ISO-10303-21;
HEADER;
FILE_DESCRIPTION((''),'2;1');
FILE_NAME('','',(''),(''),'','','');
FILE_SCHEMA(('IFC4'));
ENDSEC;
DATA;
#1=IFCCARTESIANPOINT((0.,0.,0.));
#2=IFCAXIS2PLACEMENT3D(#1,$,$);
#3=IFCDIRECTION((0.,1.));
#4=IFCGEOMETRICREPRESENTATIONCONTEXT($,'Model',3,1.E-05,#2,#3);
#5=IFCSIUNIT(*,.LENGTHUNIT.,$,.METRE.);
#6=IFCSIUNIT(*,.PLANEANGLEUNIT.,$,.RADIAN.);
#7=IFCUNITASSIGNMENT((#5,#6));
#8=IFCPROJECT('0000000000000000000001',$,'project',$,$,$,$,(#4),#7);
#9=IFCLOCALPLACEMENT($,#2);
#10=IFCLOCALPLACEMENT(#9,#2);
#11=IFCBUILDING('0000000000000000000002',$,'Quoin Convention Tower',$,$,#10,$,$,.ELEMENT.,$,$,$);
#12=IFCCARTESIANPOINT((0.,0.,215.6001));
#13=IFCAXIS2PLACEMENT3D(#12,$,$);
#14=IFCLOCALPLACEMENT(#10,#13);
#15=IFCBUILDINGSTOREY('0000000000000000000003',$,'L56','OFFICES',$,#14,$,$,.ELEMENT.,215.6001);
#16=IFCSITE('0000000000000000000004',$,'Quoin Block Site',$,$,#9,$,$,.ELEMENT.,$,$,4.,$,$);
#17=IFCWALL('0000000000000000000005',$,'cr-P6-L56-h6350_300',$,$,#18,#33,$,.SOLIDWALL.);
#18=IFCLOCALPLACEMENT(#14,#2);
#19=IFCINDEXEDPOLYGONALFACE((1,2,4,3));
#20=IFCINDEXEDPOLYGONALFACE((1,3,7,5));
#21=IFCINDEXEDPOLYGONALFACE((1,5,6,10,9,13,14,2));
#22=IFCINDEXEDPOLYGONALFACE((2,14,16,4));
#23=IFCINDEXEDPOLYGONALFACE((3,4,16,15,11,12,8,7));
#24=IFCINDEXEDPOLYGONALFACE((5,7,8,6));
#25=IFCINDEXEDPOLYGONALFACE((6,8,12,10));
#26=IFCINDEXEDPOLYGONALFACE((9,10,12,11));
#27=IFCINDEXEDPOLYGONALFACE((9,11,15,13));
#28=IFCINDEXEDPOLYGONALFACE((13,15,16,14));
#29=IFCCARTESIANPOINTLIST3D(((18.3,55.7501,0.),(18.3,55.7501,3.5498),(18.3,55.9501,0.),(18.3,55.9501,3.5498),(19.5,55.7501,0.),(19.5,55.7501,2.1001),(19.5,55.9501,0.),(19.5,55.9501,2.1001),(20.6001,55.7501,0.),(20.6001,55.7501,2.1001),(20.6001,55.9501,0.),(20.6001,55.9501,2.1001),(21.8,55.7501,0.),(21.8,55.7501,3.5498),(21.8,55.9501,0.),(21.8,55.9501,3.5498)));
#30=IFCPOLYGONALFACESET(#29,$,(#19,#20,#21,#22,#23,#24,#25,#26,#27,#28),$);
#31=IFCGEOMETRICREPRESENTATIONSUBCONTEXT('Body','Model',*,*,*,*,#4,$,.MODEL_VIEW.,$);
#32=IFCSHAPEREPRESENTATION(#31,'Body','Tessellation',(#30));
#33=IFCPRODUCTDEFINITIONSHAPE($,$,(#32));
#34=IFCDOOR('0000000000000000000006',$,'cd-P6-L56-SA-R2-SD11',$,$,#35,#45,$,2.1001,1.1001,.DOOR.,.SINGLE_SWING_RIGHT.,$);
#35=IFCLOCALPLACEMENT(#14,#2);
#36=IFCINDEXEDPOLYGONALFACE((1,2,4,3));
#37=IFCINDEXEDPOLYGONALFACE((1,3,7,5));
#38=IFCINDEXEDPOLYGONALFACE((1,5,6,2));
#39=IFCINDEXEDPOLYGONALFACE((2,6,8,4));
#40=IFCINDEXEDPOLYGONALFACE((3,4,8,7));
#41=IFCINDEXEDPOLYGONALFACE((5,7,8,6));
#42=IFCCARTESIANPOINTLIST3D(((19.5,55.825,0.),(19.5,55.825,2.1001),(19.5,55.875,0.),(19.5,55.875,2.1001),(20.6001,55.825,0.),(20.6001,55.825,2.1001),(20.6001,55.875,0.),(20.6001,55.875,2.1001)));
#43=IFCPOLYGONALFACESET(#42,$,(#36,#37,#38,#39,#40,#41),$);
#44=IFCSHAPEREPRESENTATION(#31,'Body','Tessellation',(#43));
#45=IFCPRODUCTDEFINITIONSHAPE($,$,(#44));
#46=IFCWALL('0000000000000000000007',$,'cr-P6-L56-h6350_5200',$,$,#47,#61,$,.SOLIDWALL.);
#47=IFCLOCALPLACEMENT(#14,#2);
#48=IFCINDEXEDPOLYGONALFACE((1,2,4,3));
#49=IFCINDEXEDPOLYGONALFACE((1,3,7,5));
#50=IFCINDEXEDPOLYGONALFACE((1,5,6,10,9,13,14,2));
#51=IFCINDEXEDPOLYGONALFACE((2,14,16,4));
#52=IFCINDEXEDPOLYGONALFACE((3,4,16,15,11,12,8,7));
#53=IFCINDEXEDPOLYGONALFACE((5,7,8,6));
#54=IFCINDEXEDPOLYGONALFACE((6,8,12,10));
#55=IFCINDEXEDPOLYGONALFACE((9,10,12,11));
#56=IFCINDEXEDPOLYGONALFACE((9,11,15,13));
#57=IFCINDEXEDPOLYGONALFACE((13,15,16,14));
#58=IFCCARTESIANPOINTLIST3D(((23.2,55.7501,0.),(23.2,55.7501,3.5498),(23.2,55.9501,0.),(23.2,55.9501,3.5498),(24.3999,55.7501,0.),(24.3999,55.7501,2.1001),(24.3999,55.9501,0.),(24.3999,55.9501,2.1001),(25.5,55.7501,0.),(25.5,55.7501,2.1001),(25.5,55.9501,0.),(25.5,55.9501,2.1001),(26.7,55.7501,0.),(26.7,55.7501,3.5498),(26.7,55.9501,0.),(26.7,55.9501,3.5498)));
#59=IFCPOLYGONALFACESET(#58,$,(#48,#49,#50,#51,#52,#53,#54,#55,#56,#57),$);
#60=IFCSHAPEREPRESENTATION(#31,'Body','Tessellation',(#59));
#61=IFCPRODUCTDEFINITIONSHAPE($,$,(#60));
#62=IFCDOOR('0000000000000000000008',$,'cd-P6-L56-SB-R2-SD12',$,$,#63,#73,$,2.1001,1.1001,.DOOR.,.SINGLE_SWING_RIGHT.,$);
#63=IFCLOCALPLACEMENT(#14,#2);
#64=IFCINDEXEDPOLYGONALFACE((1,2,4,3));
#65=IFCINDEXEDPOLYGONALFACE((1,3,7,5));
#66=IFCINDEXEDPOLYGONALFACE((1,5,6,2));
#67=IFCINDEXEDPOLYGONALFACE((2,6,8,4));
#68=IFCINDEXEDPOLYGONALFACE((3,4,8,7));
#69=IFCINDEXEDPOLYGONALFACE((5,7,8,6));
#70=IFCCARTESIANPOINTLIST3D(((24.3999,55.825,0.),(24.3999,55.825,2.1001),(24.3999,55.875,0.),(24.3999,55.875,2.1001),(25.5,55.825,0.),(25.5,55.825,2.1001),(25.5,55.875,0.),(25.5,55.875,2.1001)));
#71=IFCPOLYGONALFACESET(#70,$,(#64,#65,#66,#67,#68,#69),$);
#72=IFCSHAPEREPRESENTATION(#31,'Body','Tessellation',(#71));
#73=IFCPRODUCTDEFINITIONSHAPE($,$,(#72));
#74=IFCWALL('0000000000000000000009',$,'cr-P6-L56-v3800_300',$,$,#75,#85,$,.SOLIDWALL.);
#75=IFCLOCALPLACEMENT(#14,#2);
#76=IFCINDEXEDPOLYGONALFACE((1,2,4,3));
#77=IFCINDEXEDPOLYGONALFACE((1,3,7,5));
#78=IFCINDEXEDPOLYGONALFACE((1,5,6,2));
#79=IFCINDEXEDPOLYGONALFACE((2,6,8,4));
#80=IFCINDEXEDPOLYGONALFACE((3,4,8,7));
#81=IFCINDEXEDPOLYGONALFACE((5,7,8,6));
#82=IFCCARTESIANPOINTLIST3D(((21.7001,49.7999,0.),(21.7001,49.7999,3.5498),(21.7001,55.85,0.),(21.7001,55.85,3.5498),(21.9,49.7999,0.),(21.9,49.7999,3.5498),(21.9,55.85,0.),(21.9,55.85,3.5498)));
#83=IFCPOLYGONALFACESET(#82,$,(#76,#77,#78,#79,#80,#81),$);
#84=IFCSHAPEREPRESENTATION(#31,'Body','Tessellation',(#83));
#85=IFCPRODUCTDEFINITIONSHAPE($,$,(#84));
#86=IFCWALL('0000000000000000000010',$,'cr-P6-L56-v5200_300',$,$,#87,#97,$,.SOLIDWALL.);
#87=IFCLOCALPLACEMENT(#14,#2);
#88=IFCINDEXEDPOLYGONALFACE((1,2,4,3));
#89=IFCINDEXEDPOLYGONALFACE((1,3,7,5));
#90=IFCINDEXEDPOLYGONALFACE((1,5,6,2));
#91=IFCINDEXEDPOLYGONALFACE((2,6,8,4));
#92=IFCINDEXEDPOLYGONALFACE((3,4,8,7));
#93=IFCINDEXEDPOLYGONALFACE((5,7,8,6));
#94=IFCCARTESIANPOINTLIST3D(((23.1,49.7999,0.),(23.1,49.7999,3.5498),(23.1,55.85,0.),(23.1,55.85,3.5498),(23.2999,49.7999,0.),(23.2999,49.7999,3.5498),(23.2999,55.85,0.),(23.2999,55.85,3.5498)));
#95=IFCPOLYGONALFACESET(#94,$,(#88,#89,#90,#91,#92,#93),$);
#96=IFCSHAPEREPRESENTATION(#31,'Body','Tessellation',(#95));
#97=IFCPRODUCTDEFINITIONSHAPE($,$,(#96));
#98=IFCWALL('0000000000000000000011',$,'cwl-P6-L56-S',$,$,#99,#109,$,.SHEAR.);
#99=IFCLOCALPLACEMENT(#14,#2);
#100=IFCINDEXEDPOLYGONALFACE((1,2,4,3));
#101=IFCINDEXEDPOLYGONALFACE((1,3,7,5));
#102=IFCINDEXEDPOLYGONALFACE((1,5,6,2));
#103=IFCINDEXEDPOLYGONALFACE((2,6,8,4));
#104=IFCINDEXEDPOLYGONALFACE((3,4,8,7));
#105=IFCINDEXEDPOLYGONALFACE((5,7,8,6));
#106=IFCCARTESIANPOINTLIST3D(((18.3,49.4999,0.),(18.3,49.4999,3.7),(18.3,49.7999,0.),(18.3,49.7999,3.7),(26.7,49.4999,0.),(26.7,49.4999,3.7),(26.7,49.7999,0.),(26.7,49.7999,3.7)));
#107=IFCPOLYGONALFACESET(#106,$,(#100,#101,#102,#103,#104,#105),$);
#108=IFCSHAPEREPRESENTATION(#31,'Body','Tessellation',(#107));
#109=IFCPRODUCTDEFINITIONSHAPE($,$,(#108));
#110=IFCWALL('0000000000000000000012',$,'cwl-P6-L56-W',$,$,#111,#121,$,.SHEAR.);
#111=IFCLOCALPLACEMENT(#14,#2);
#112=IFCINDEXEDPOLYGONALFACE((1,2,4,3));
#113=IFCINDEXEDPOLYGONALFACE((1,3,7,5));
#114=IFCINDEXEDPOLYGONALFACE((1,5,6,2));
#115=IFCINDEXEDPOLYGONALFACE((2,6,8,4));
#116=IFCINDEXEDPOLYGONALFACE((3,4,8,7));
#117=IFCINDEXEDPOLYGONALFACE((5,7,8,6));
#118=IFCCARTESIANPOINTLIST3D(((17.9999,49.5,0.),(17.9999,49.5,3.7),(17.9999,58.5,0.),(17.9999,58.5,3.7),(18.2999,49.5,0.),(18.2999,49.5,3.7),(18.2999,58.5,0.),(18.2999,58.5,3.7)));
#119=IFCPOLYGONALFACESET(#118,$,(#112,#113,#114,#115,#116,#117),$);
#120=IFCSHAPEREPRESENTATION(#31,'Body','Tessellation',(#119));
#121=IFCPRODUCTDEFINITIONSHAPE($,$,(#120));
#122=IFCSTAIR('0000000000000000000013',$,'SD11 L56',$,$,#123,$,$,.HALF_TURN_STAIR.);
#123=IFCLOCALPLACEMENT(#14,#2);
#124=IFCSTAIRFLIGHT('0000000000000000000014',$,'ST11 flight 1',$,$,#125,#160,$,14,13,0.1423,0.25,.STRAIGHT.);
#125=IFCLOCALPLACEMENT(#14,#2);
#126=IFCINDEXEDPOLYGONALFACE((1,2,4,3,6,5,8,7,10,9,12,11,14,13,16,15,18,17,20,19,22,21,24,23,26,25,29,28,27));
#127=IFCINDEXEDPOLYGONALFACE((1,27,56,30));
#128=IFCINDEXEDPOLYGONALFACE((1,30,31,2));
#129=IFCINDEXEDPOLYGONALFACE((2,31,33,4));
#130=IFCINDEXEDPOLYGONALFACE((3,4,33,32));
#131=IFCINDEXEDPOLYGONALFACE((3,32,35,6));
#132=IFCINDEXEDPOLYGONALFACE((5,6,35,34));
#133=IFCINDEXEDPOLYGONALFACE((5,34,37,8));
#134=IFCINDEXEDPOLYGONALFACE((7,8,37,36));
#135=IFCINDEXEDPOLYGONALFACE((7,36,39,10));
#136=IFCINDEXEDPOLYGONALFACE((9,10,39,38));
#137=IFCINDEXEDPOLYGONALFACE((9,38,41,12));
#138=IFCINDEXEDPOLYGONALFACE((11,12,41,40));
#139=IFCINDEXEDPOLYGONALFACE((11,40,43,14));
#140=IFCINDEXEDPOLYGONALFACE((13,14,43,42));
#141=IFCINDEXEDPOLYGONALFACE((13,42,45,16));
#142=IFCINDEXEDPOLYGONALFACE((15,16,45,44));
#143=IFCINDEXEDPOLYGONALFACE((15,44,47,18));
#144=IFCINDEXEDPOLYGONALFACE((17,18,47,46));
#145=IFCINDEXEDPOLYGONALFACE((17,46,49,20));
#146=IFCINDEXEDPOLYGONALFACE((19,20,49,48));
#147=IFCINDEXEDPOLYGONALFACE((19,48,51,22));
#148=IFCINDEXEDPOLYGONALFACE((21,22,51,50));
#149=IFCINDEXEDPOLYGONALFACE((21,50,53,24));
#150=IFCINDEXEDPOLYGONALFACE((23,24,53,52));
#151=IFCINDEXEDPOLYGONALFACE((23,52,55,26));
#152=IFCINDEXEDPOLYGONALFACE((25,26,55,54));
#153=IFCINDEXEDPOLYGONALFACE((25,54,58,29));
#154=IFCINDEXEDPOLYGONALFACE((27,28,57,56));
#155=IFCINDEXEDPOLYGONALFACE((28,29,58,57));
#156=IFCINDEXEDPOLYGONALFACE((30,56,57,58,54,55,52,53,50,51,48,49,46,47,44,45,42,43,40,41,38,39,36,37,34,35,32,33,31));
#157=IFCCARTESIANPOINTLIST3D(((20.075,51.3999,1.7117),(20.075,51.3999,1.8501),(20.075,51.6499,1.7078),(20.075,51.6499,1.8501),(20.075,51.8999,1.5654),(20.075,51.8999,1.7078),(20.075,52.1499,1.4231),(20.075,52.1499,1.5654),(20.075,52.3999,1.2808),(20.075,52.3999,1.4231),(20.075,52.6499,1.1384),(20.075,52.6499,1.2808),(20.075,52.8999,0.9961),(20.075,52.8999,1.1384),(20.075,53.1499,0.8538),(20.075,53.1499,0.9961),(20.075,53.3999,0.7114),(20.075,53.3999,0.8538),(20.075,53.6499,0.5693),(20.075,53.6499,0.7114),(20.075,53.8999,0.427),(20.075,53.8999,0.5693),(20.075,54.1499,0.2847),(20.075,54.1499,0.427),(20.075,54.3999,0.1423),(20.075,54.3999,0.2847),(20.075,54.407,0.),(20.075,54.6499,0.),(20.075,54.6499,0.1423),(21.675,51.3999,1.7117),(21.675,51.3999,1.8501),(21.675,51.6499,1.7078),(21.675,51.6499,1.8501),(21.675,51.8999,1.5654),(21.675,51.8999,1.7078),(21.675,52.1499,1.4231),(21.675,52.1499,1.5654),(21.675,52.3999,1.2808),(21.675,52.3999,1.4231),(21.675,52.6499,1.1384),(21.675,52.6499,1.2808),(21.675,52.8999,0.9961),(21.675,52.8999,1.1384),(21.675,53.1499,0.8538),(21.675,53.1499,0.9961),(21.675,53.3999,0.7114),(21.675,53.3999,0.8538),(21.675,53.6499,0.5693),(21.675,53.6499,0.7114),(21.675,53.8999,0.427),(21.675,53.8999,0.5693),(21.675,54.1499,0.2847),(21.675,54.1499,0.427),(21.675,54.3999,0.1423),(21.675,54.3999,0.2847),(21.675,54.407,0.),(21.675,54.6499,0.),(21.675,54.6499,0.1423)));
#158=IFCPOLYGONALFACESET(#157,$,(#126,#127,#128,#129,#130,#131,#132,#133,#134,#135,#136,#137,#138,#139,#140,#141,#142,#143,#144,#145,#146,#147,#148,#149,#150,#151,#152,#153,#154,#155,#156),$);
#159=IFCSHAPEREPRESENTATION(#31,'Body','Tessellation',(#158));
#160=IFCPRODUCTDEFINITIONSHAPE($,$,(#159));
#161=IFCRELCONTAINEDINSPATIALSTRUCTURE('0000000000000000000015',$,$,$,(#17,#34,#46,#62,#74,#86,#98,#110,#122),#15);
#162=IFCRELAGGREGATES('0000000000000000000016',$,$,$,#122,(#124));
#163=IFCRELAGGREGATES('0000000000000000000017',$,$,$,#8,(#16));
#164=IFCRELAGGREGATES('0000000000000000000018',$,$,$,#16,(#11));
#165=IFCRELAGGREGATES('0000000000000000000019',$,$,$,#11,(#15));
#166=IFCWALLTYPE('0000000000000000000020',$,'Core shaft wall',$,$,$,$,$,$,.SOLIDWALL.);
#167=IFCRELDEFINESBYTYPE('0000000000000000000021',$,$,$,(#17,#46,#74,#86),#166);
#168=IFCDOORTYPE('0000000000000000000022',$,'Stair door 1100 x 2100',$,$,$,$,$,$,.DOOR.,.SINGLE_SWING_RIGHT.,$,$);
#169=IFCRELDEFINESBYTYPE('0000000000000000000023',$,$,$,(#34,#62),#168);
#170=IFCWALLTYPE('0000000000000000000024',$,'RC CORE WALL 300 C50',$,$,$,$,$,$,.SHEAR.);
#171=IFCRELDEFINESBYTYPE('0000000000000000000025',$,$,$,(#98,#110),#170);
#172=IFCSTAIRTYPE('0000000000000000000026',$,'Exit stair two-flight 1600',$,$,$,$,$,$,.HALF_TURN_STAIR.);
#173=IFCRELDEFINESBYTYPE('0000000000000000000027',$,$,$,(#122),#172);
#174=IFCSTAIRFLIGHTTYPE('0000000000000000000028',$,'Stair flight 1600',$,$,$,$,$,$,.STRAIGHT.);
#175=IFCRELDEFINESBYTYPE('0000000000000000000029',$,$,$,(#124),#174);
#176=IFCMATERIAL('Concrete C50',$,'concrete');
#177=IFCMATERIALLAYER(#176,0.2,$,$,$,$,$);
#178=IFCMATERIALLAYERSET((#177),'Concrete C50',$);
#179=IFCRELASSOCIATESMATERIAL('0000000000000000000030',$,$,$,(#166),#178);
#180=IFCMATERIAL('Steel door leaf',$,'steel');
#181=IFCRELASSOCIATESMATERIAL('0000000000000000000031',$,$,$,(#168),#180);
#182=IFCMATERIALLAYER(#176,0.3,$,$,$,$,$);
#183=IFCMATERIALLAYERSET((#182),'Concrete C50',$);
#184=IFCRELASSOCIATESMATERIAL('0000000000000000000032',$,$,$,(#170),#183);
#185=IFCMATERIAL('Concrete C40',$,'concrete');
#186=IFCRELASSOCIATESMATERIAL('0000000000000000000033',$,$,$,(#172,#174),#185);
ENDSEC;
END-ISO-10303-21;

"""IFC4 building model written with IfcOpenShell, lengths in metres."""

from ifc_helpers import new_model, si_unit, direction, frame, frame_2d, origin, place, context, subcontext, project, spatial, polyline, rectangle, outline, extrude, material, layer, layer_set, type_object, element, fill, aggregate, save


model = new_model("IFC4")

# Units and contexts
model_context = context("Model", 3, precision=1e-05, world=origin(), true_north=direction((0.0, 1.0)))
body_context = subcontext(model_context, "Body", "Model", "MODEL_VIEW")
ifc_project = project(units=[si_unit("LENGTHUNIT", "METRE"), si_unit("PLANEANGLEUNIT", "RADIAN")], contexts=[model_context])

# Site, building, storey
site_placement = place(None, origin())
site = spatial("IfcSite", under=ifc_project, at=site_placement, Name="Quoin Block Site", CompositionType="ELEMENT", RefElevation=4.0)
building_placement = place(site_placement, origin())
building = spatial("IfcBuilding", under=site, at=building_placement, Name="Quoin Convention Tower", CompositionType="ELEMENT")
storey_placement = place(building_placement, frame((0.0, 0.0, 215.6001)))
storey = spatial("IfcBuildingStorey", under=building, at=storey_placement, Name="L56", Description="OFFICES", CompositionType="ELEMENT", Elevation=215.6001)

# Shared definitions
ifc_material_1 = material(Name="Concrete C50", Category="concrete")

# Shared definitions
ifc_layer_1 = layer(ifc_material_1, 0.2)
ifc_layer_set_1 = layer_set([ifc_layer_1], Name="Concrete C50")
wall_type_1 = type_object("IfcWallType", Name="Core shaft wall", PredefinedType="SOLIDWALL", material=ifc_layer_set_1)

# Walls, openings, doors
wall_1_placement = place(storey_placement, frame((18.3, 55.8501, 0.0), z_axis=(0.0, 0.0, 1.0), x_axis=(1.0, 0.0, 0.0)))
wall_1 = element("IfcWall", 1, at=wall_1_placement, inside=storey, type_object=wall_type_1, Name="cr-P6-L56-h6350_300", PredefinedType="SOLIDWALL", context=body_context, shape_type="SweptSolid", body=[
    extrude(rectangle(XDim=3.5, YDim=0.2, at=frame_2d((1.75, 0.0))), origin(), (0.0, 0.0, 1.0), 3.5498),
])
opening_1_placement = place(wall_1_placement, frame((1.2, 0.0, 0.0)))
opening_1 = element("IfcOpeningElement", 2, at=opening_1_placement, cuts=wall_1, PredefinedType="OPENING", context=body_context, shape_type="SweptSolid", body=[
    extrude(rectangle(XDim=1.1001, YDim=2.1001, at=frame_2d((0.55, 1.05))), frame((0.0, 0.1099, 0.0), z_axis=(0.0, -1.0, 0.0), x_axis=(1.0, 0.0, 0.0)), (0.0, 0.0, 1.0), 0.22),
])
ifc_material_2 = material(Name="Steel door leaf", Category="steel")
door_type = type_object("IfcDoorType", Name="Stair door 1100 x 2100", OperationType="SINGLE_SWING_RIGHT", PredefinedType="DOOR", material=ifc_material_2)
door_1_placement = place(opening_1_placement, origin())
door_1 = element("IfcDoor", 3, at=door_1_placement, inside=storey, type_object=door_type, Name="cd-P6-L56-SA-R2-SD11", OperationType="SINGLE_SWING_RIGHT", OverallHeight=2.1001, OverallWidth=1.1001, PredefinedType="DOOR", context=body_context, shape_type="SweptSolid", body=[
    extrude(rectangle(XDim=1.1001, YDim=2.1001, at=frame_2d((0.55, 1.05))), frame((0.0, 0.0249, 0.0), z_axis=(0.0, -1.0, 0.0), x_axis=(1.0, 0.0, 0.0)), (0.0, 0.0, 1.0), 0.05),
])
fill(opening_1, door_1)
wall_2_placement = place(storey_placement, frame((23.2, 55.8501, 0.0), z_axis=(0.0, 0.0, 1.0), x_axis=(1.0, 0.0, 0.0)))
wall_2 = element("IfcWall", 4, at=wall_2_placement, inside=storey, type_object=wall_type_1, Name="cr-P6-L56-h6350_5200", PredefinedType="SOLIDWALL", context=body_context, shape_type="SweptSolid", body=[
    extrude(rectangle(XDim=3.5, YDim=0.2, at=frame_2d((1.75, 0.0))), origin(), (0.0, 0.0, 1.0), 3.5498),
])
opening_2_placement = place(wall_2_placement, frame((1.2, 0.0, 0.0)))
opening_2 = element("IfcOpeningElement", 5, at=opening_2_placement, cuts=wall_2, PredefinedType="OPENING", context=body_context, shape_type="SweptSolid", body=[
    extrude(rectangle(XDim=1.1001, YDim=2.1001, at=frame_2d((0.55, 1.05))), frame((0.0, 0.1099, 0.0), z_axis=(0.0, -1.0, 0.0), x_axis=(1.0, 0.0, 0.0)), (0.0, 0.0, 1.0), 0.22),
])
door_2_placement = place(opening_2_placement, origin())
door_2 = element("IfcDoor", 6, at=door_2_placement, inside=storey, type_object=door_type, Name="cd-P6-L56-SB-R2-SD12", OperationType="SINGLE_SWING_RIGHT", OverallHeight=2.1001, OverallWidth=1.1001, PredefinedType="DOOR", context=body_context, shape_type="SweptSolid", body=[
    extrude(rectangle(XDim=1.1001, YDim=2.1001, at=frame_2d((0.55, 1.05))), frame((0.0, 0.0249, 0.0), z_axis=(0.0, -1.0, 0.0), x_axis=(1.0, 0.0, 0.0)), (0.0, 0.0, 1.0), 0.05),
])
fill(opening_2, door_2)

# Walls
for number, where, z_axis, x_axis, name in (
    (7, (21.8, 49.8, 0.0), (0.0, 0.0, 1.0), (0.0, 1.0, 0.0), "cr-P6-L56-v3800_300"),
    (8, (23.2, 49.8, 0.0), (0.0, 0.0, 1.0), (0.0, 1.0, 0.0), "cr-P6-L56-v5200_300"),
):
    element("IfcWall", number, at=place(storey_placement, frame(where, z_axis=z_axis, x_axis=x_axis)), inside=storey, type_object=wall_type_1, Name=name, PredefinedType="SOLIDWALL", context=body_context, shape_type="SweptSolid", body=[
        extrude(rectangle(XDim=6.05, YDim=0.2, at=frame_2d((3.0249, 0.0))), origin(), (0.0, 0.0, 1.0), 3.5498),
    ])
ifc_layer_2 = layer(ifc_material_1, 0.3)
ifc_layer_set_2 = layer_set([ifc_layer_2], Name="Concrete C50")
wall_type_2 = type_object("IfcWallType", Name="RC CORE WALL 300 C50", PredefinedType="SHEAR", material=ifc_layer_set_2)
wall_3_placement = place(storey_placement, frame((18.3, 49.6499, 0.0), z_axis=(0.0, 0.0, 1.0), x_axis=(1.0, 0.0, 0.0)))
element("IfcWall", 9, at=wall_3_placement, inside=storey, type_object=wall_type_2, Name="cwl-P6-L56-S", PredefinedType="SHEAR", context=body_context, shape_type="SweptSolid", body=[
    extrude(rectangle(XDim=8.3999, YDim=0.3, at=frame_2d((4.2, 0.0))), origin(), (0.0, 0.0, 1.0), 3.7),
])
wall_4_placement = place(storey_placement, frame((18.1499, 49.5, 0.0), z_axis=(0.0, 0.0, 1.0), x_axis=(0.0, 1.0, 0.0)))
element("IfcWall", 10, at=wall_4_placement, inside=storey, type_object=wall_type_2, Name="cwl-P6-L56-W", PredefinedType="SHEAR", context=body_context, shape_type="SweptSolid", body=[
    extrude(rectangle(XDim=9.0, YDim=0.3, at=frame_2d((4.5, 0.0))), origin(), (0.0, 0.0, 1.0), 3.7),
])

# Stair, stair flight
ifc_material_3 = material(Name="Concrete C40", Category="concrete")
stair_type = type_object("IfcStairType", Name="Exit stair two-flight 1600", PredefinedType="HALF_TURN_STAIR", material=ifc_material_3)
stair_1_placement = place(storey_placement, origin())
stair_1 = element("IfcStair", 11, at=stair_1_placement, inside=storey, type_object=stair_type, Name="SD11 L56", PredefinedType="HALF_TURN_STAIR")
stair_flight_type = type_object("IfcStairFlightType", Name="Stair flight 1600", PredefinedType="STRAIGHT", material=ifc_material_3)
stair_flight_1_placement = place(storey_placement, frame((20.875, 54.6499, 0.0), z_axis=(0.0, 0.0, 1.0), x_axis=(0.0, -1.0, 0.0)))
stair_flight_1 = element("IfcStairFlight", 12, at=stair_flight_1_placement, type_object=stair_flight_type, Name="ST11 flight 1", NumberOfRisers=14, NumberOfTreads=13, PredefinedType="STRAIGHT", RiserHeight=0.1423, TreadLength=0.25, context=body_context, shape_type="SweptSolid", body=[
    extrude(outline(polyline([(0.0, 0.0), (0.0, 0.1423), (0.25, 0.1423), (0.25, 0.2847), (0.5, 0.2847), (0.5, 0.427), (0.75, 0.427), (0.75, 0.5693), (1.0, 0.5693), (1.0, 0.7114), (1.25, 0.7114), (1.25, 0.8538), (1.5, 0.8538), (1.5, 0.9961), (1.75, 0.9961), (1.75, 1.1384), (2.0, 1.1384), (2.0, 1.2808), (2.25, 1.2808), (2.25, 1.4231), (2.5, 1.4231), (2.5, 1.5654), (2.75, 1.5654), (2.75, 1.7078), (3.0, 1.7078), (3.0, 1.8501), (3.25, 1.8501), (3.25, 1.9922), (3.25, 1.7117), (0.2429, 0.0), (0.0, 0.0)])), frame((0.0, 0.8, 0.0), z_axis=(0.0, -1.0, 0.0), x_axis=(1.0, 0.0, 0.0)), (0.0, 0.0, 1.0), 1.6001),
])
aggregate(stair_1, [stair_flight_1])

save(model, "model.ifc")
